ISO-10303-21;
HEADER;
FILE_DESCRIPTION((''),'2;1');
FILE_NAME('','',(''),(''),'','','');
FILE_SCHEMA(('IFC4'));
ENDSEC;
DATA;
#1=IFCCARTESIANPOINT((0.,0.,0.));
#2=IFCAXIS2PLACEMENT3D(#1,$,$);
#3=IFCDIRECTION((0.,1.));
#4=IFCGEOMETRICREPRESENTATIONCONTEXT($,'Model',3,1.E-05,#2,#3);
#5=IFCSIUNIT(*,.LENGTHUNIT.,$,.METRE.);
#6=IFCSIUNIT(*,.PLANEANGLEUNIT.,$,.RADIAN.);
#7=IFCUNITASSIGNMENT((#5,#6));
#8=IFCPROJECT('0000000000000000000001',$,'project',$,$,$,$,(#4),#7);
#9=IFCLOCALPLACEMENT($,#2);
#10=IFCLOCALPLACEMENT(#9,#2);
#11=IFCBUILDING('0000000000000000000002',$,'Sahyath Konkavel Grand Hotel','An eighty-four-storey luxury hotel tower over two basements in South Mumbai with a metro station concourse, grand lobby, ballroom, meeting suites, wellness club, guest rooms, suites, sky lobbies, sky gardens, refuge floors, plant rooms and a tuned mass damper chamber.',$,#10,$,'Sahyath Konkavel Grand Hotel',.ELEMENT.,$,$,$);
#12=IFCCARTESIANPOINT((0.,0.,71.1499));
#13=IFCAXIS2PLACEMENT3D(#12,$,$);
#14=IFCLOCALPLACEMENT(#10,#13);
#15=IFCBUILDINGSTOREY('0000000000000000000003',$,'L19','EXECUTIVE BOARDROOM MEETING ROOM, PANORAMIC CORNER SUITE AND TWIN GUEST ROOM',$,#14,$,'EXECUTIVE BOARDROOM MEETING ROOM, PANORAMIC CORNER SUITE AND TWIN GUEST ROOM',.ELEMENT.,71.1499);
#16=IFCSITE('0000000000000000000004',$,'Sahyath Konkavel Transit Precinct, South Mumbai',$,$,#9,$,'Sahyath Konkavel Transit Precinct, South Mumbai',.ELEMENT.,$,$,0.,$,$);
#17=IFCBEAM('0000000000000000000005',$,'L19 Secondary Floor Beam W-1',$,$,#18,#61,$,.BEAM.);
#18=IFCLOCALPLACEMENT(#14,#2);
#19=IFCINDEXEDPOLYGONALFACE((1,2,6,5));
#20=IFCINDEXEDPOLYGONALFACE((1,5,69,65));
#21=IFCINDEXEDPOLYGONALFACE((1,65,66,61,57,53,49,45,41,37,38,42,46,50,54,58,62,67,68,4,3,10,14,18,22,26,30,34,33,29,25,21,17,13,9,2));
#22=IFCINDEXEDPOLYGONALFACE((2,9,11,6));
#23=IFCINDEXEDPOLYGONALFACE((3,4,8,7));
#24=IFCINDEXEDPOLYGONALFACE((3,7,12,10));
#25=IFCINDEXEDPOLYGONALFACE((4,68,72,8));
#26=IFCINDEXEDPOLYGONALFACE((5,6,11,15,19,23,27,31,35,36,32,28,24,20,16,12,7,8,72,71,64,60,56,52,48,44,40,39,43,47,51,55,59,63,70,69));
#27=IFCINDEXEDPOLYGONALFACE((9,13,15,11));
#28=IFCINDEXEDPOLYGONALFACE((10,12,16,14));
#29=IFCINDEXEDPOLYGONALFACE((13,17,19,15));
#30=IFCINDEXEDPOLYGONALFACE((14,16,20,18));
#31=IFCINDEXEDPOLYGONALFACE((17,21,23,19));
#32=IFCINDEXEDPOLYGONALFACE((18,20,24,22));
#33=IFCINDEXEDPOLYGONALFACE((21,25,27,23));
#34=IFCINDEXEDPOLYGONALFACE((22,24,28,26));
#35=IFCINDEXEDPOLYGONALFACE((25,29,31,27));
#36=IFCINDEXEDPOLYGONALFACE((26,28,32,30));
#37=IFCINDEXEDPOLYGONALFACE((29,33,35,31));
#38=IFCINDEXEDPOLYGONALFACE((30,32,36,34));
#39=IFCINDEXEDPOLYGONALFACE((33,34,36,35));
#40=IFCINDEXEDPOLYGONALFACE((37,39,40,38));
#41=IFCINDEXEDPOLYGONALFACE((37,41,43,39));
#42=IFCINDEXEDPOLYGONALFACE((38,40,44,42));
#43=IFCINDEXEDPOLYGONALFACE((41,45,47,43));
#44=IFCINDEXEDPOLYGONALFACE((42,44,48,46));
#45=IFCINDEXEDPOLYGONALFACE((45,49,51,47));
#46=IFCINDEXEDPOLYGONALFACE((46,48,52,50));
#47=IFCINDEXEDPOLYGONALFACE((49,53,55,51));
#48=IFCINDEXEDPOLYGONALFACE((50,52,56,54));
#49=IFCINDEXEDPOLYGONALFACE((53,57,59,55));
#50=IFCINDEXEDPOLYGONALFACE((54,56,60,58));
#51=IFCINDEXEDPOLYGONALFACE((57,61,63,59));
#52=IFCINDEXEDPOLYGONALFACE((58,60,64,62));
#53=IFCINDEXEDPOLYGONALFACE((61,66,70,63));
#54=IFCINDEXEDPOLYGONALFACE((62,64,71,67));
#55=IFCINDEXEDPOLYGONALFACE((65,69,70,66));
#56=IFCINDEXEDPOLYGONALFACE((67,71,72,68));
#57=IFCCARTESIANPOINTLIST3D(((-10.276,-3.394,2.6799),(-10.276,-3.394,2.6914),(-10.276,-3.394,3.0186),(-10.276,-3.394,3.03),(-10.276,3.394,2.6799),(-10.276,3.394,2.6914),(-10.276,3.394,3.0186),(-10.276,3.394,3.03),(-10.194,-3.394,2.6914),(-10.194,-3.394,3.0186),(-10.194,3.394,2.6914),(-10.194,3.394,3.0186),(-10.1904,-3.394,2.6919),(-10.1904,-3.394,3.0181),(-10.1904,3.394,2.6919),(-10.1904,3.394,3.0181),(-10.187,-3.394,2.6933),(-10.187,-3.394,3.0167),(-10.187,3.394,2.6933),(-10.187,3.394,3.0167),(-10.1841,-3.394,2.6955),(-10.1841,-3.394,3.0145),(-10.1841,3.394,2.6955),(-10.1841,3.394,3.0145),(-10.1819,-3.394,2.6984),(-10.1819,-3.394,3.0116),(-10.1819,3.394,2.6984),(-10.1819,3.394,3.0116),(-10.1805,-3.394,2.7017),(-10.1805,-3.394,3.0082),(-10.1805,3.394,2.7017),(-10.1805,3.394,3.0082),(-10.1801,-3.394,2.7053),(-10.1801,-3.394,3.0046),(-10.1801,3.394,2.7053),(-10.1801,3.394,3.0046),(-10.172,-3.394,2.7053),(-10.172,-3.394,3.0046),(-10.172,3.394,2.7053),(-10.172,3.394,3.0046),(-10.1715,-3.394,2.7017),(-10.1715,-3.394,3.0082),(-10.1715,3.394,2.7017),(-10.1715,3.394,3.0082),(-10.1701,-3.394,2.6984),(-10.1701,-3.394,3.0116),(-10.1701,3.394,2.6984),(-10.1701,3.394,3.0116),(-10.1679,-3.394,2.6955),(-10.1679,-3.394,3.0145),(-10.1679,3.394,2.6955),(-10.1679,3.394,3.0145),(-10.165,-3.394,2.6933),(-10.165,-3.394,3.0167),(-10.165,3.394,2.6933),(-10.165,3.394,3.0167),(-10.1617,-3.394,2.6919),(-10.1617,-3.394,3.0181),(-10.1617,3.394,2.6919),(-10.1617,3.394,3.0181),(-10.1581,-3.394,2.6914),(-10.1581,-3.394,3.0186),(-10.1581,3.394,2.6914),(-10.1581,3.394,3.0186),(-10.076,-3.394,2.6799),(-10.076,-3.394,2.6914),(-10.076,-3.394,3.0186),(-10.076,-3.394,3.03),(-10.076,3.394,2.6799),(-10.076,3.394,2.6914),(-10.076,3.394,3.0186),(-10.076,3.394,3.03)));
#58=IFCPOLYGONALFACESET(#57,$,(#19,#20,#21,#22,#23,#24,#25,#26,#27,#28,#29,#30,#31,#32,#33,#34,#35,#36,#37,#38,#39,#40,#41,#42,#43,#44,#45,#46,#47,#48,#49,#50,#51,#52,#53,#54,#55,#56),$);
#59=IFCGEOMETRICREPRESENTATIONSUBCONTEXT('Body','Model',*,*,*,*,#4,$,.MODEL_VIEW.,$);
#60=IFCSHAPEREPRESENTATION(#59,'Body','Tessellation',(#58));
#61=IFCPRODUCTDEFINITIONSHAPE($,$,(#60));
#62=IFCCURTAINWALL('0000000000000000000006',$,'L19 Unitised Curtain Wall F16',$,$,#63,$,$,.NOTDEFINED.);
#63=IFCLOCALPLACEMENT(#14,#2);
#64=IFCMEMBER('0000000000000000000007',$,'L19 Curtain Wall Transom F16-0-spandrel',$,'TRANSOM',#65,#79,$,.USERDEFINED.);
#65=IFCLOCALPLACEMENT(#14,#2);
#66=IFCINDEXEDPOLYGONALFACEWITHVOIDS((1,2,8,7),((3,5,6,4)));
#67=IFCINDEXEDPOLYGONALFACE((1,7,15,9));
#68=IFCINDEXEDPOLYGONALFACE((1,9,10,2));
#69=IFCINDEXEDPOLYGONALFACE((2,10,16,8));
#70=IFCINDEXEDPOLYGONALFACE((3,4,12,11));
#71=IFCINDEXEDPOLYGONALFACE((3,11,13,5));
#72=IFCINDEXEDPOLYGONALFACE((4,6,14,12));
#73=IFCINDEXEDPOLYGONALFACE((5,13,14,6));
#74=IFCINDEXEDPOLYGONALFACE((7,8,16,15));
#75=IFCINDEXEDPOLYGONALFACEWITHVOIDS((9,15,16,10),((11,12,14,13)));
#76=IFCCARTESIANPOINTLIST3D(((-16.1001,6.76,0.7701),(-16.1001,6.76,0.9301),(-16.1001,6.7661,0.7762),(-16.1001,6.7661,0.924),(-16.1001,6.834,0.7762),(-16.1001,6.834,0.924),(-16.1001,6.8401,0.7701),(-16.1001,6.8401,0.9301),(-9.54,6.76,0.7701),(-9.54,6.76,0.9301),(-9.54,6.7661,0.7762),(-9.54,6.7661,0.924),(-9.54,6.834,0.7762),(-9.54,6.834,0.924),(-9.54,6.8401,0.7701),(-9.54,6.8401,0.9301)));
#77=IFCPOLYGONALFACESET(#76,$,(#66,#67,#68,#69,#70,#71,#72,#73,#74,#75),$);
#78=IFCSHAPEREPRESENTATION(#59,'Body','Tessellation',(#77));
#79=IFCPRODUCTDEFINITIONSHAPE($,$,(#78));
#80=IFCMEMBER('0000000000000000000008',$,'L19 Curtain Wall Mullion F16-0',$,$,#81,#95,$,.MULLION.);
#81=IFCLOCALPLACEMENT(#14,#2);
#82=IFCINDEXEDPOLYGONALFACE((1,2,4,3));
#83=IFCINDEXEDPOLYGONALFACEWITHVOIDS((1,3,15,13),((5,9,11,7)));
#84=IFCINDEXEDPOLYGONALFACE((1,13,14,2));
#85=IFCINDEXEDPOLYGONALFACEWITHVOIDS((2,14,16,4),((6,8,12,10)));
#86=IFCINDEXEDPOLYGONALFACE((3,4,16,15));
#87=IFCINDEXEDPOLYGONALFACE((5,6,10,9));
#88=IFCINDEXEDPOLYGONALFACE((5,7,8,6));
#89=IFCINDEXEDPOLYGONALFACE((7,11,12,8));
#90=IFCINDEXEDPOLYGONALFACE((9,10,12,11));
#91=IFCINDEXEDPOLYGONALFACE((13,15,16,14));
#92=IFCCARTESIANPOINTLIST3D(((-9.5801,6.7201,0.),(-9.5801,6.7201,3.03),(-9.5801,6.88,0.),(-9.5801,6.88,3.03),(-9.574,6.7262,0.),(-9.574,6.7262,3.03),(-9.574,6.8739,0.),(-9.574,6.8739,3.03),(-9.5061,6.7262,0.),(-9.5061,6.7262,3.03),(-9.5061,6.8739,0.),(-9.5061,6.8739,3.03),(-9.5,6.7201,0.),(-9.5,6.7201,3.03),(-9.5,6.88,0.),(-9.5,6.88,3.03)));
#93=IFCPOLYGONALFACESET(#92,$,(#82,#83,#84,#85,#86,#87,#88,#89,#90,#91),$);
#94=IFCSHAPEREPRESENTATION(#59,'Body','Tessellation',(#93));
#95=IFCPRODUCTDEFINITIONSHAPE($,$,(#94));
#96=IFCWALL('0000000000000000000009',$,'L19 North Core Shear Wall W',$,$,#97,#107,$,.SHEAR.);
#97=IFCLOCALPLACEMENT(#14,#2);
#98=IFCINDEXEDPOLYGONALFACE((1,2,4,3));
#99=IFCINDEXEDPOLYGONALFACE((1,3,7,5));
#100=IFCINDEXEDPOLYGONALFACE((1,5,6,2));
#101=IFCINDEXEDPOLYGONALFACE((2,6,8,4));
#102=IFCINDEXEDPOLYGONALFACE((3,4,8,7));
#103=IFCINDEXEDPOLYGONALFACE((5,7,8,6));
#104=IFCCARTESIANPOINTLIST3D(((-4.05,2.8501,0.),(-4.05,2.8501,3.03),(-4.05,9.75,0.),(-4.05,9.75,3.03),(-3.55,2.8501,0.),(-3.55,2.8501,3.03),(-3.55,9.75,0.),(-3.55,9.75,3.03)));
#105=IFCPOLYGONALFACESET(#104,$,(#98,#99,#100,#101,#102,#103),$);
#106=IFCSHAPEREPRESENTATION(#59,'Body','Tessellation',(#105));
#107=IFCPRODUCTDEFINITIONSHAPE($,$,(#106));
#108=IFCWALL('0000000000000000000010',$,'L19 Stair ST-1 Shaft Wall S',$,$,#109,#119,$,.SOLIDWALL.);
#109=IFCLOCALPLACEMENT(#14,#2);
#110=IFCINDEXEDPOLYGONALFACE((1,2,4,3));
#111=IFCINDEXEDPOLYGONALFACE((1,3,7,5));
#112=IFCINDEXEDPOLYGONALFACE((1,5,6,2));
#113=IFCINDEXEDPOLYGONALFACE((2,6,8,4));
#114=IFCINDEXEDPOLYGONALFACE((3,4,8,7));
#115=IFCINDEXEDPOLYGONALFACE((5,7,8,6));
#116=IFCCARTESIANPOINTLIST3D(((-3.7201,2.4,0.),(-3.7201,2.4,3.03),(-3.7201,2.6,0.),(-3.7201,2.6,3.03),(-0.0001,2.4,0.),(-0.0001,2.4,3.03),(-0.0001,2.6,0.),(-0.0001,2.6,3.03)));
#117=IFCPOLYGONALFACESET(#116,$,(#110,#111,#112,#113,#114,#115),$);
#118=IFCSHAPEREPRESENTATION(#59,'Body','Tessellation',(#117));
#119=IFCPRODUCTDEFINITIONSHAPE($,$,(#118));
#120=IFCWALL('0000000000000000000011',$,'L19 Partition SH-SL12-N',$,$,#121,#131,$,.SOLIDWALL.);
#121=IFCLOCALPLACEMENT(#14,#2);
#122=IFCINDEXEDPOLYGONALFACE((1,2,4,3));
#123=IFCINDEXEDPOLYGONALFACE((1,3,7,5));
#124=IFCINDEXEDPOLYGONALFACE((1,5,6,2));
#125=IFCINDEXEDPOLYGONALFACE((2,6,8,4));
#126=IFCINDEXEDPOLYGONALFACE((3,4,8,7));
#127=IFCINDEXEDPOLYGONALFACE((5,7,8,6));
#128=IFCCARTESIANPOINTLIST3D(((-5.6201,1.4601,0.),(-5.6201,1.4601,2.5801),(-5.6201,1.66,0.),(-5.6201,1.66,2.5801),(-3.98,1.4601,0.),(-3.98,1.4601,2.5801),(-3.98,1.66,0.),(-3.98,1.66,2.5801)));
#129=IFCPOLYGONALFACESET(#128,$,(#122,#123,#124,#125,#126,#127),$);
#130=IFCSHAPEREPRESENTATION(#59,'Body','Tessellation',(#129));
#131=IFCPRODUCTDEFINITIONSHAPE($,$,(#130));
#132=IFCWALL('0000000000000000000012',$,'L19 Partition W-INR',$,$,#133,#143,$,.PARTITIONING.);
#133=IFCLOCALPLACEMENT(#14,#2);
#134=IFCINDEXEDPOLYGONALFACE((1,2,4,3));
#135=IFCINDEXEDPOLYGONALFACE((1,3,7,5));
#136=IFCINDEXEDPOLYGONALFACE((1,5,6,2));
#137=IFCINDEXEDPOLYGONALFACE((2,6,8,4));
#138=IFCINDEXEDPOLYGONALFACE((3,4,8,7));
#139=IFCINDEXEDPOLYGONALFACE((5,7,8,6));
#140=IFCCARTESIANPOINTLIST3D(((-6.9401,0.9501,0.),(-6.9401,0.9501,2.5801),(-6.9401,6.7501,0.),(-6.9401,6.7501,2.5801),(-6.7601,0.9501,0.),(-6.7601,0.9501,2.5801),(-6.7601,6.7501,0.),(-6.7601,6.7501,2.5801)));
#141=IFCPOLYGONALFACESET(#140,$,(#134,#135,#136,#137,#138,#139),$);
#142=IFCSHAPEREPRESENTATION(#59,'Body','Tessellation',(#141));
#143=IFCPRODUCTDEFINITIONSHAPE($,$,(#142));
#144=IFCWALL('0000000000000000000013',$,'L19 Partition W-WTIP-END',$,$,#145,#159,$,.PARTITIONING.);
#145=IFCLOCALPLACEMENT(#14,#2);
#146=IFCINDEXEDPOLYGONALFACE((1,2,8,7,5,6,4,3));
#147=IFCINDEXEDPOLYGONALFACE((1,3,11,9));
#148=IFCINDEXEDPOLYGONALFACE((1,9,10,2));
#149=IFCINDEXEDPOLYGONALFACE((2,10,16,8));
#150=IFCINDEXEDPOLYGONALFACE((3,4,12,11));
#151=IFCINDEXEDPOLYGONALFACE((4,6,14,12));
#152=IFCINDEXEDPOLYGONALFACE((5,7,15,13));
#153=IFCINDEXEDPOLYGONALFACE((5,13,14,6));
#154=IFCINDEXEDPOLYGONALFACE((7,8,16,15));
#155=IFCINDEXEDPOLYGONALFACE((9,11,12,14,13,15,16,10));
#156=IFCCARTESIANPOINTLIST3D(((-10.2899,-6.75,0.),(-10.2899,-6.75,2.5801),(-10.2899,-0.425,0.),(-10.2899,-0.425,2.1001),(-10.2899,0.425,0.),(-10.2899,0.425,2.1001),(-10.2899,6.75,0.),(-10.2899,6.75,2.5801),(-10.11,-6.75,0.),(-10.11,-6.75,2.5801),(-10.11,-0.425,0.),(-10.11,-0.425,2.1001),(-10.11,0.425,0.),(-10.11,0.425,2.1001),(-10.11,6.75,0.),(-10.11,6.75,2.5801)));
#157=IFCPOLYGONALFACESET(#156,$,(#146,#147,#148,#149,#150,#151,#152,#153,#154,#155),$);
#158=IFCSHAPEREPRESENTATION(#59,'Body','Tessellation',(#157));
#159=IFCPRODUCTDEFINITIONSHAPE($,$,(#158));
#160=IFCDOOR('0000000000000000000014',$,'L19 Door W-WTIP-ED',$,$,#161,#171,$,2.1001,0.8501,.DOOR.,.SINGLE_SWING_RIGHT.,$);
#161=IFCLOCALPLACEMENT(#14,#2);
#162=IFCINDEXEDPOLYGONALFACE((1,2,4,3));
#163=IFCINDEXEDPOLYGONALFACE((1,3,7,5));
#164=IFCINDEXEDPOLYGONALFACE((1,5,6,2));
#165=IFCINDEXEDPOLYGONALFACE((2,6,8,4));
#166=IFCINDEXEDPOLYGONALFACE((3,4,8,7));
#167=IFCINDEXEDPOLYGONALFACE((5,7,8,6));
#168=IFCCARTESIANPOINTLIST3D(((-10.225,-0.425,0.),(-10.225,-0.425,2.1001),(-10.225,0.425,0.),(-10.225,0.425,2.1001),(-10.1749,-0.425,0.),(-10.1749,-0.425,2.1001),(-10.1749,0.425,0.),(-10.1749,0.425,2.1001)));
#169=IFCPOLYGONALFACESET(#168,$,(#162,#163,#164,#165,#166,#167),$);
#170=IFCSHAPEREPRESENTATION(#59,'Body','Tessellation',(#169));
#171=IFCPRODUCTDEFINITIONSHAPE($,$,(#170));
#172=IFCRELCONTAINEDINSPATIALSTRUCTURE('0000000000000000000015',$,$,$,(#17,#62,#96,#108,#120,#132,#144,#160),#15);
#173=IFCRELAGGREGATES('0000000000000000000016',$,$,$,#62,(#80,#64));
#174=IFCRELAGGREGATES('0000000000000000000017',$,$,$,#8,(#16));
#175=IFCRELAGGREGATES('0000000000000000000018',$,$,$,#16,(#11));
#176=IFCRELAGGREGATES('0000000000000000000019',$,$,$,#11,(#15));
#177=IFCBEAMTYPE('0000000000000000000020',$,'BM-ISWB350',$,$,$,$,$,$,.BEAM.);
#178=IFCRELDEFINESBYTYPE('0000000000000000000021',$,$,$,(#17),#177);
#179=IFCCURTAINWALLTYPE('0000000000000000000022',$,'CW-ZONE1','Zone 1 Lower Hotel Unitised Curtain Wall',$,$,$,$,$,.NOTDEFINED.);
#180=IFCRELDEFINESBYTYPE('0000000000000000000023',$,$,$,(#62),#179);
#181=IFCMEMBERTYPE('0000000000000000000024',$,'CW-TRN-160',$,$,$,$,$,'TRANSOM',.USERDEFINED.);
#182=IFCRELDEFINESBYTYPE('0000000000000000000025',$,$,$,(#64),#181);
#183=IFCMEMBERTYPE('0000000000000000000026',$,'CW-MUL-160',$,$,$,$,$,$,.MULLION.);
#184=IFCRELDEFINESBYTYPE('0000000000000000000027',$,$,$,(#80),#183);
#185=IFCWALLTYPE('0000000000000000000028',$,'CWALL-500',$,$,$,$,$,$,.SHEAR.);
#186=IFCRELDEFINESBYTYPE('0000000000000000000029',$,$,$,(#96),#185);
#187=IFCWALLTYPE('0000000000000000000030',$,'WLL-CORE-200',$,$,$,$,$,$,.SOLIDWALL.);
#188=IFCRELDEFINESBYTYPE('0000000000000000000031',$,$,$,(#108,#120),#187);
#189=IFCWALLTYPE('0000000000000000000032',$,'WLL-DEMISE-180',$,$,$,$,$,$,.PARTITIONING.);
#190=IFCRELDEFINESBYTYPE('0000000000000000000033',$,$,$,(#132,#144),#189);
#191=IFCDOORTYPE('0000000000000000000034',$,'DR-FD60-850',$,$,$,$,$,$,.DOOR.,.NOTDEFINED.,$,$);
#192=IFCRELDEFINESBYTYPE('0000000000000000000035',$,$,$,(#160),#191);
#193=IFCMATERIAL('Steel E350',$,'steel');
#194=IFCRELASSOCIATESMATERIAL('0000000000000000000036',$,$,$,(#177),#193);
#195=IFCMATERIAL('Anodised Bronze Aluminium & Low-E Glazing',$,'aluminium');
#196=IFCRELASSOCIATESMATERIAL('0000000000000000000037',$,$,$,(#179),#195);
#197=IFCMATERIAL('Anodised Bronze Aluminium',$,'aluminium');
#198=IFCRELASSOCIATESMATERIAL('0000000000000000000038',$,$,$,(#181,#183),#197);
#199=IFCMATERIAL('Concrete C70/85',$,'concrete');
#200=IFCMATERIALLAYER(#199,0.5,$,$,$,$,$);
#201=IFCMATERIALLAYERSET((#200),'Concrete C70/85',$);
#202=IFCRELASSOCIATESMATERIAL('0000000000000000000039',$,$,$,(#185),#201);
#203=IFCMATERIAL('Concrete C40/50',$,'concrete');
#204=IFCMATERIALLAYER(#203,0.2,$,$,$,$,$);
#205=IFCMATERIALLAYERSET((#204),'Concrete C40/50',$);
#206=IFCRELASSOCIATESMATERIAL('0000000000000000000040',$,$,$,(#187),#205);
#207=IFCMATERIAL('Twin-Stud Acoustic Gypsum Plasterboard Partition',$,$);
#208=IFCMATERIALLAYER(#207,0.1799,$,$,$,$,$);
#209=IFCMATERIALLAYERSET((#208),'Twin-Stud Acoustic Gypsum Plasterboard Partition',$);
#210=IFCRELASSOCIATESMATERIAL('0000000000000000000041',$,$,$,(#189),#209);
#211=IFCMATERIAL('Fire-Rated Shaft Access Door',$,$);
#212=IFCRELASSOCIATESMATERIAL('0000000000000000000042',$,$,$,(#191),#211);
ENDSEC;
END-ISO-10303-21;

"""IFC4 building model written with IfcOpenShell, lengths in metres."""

from ifc_helpers import new_model, si_unit, direction, frame, frame_2d, origin, origin_2d, place, context, subcontext, project, spatial, rectangle, hollow_rectangle, i_section, extrude, source, transform, mapped, material, layer, layer_set, material_profile, profile_set, type_object, element, fill, aggregate, save


model = new_model("IFC4")

# Units and contexts
model_context = context("Model", 3, precision=1e-05, world=origin(), true_north=direction((0.0, 1.0)))
body_context = subcontext(model_context, "Body", "Model", "MODEL_VIEW")
ifc_project = project(units=[si_unit("LENGTHUNIT", "METRE"), si_unit("PLANEANGLEUNIT", "RADIAN")], contexts=[model_context])

# Site, building, storey
site_placement = place(None, origin())
site = spatial("IfcSite", under=ifc_project, at=site_placement, Name="Sahyath Konkavel Transit Precinct, South Mumbai", LongName="Sahyath Konkavel Transit Precinct, South Mumbai", CompositionType="ELEMENT", RefElevation=0.0)
building_placement = place(site_placement, origin())
building = spatial("IfcBuilding", under=site, at=building_placement, Name="Sahyath Konkavel Grand Hotel", Description="An eighty-four-storey luxury hotel tower over two basements in South Mumbai with a metro station concourse, grand lobby, ballroom, meeting suites, wellness club, guest rooms, suites, sky lobbies, sky gardens, refuge floors, plant rooms and a tuned mass damper chamber.", LongName="Sahyath Konkavel Grand Hotel", CompositionType="ELEMENT")
storey_placement = place(building_placement, frame((0.0, 0.0, 71.1499)))
storey = spatial("IfcBuildingStorey", under=building, at=storey_placement, Name="L19", Description="EXECUTIVE BOARDROOM MEETING ROOM, PANORAMIC CORNER SUITE AND TWIN GUEST ROOM", LongName="EXECUTIVE BOARDROOM MEETING ROOM, PANORAMIC CORNER SUITE AND TWIN GUEST ROOM", CompositionType="ELEMENT", Elevation=71.1499)

# Shared definitions
ifc_material_1 = material(Name="Concrete C70/85", Category="concrete")

# Beam
ifc_material_2 = material(Name="Steel E350", Category="steel")
ifc_material_profile_1 = material_profile(ifc_material_2, i_section(OverallWidth=0.2, OverallDepth=0.3501, WebThickness=0.0081, FlangeThickness=0.0115, FilletRadius=0.0139, at=origin_2d()), Name="ISWB 350")
ifc_profile_set_1 = profile_set([ifc_material_profile_1], Name="Steel E350")
beam_type_1 = type_object("IfcBeamType", Name="BM-ISWB350", PredefinedType="BEAM", material=ifc_profile_set_1)
shared_shape_1 = source(origin(), body_context, "Body", "SweptSolid", [
    extrude(i_section(OverallWidth=0.2, OverallDepth=0.3501, WebThickness=0.0081, FlangeThickness=0.0115, FilletRadius=0.0139, at=origin_2d()), origin(), (0.0, 0.0, 1.0), 6.7881),
])
beam_1_placement = place(storey_placement, frame((-10.176, 3.394, 2.855), z_axis=(0.0, -1.0, 0.0), x_axis=(1.0, 0.0, 0.0)))
element("IfcBeam", 1, at=beam_1_placement, inside=storey, type_object=beam_type_1, Name="L19 Secondary Floor Beam W-1", PredefinedType="BEAM", context=body_context, shape_type="MappedRepresentation", body=[
    mapped(shared_shape_1, transform((0.0, 0.0, 0.0), scale=1.0)),
])

# Curtain wall, members
ifc_material_3 = material(Name="Anodised Bronze Aluminium & Low-E Glazing", Category="aluminium")
curtain_wall_type = type_object("IfcCurtainWallType", Name="CW-ZONE1", Description="Zone 1 Lower Hotel Unitised Curtain Wall", PredefinedType="NOTDEFINED", material=ifc_material_3)
curtain_wall_placement = place(storey_placement, origin())
curtain_wall = element("IfcCurtainWall", 2, at=curtain_wall_placement, inside=storey, type_object=curtain_wall_type, Name="L19 Unitised Curtain Wall F16", PredefinedType="NOTDEFINED")
ifc_material_4 = material(Name="Anodised Bronze Aluminium", Category="aluminium")
ifc_material_profile_2 = material_profile(ifc_material_4, hollow_rectangle(XDim=0.0801, YDim=0.1599, WallThickness=0.0061, at=origin_2d()), Name="RHS 160x80x6")
ifc_profile_set_2 = profile_set([ifc_material_profile_2], Name="Anodised Bronze Aluminium")
member_type_1 = type_object("IfcMemberType", Name="CW-TRN-160", ElementType="TRANSOM", PredefinedType="USERDEFINED", material=ifc_profile_set_2)
shared_shape_2 = source(origin(), body_context, "Body", "SweptSolid", [
    extrude(hollow_rectangle(XDim=0.0801, YDim=0.1599, WallThickness=0.0061, at=origin_2d()), origin(), (0.0, 0.0, 1.0), 6.5601),
])
member_1_placement = place(storey_placement, frame((-9.54, 6.8, 0.8501), z_axis=(-1.0, 0.0, 0.0), x_axis=(0.0, -1.0, 0.0)))
member_1 = element("IfcMember", 3, at=member_1_placement, type_object=member_type_1, Name="L19 Curtain Wall Transom F16-0-spandrel", ObjectType="TRANSOM", PredefinedType="USERDEFINED", context=body_context, shape_type="MappedRepresentation", body=[
    mapped(shared_shape_2, transform((0.0, 0.0, 0.0), scale=1.0)),
])
ifc_material_profile_3 = material_profile(ifc_material_4, hollow_rectangle(XDim=0.0801, YDim=0.1599, WallThickness=0.0061, at=origin_2d()), Name="RHS 160x80x6")
ifc_profile_set_3 = profile_set([ifc_material_profile_3], Name="Anodised Bronze Aluminium")
member_type_2 = type_object("IfcMemberType", Name="CW-MUL-160", PredefinedType="MULLION", material=ifc_profile_set_3)
shared_shape_3 = source(origin(), body_context, "Body", "SweptSolid", [
    extrude(hollow_rectangle(XDim=0.0801, YDim=0.1599, WallThickness=0.0061, at=origin_2d()), origin(), (0.0, 0.0, 1.0), 3.03),
])
member_2_placement = place(storey_placement, frame((-9.54, 6.8, 0.0), z_axis=(0.0, 0.0, 1.0), x_axis=(1.0, 0.0, 0.0)))
member_2 = element("IfcMember", 4, at=member_2_placement, type_object=member_type_2, Name="L19 Curtain Wall Mullion F16-0", PredefinedType="MULLION", context=body_context, shape_type="MappedRepresentation", body=[
    mapped(shared_shape_3, transform((0.0, 0.0, 0.0), scale=1.0)),
])
aggregate(curtain_wall, [member_2, member_1])

# Walls
ifc_layer_1 = layer(ifc_material_1, 0.5)
ifc_layer_set_1 = layer_set([ifc_layer_1], Name="Concrete C70/85")
wall_type_1 = type_object("IfcWallType", Name="CWALL-500", PredefinedType="SHEAR", material=ifc_layer_set_1)
wall_1_placement = place(storey_placement, frame((-3.8, 2.8501, 0.0), z_axis=(0.0, 0.0, 1.0), x_axis=(0.0, 1.0, 0.0)))
element("IfcWall", 5, at=wall_1_placement, inside=storey, type_object=wall_type_1, Name="L19 North Core Shear Wall W", PredefinedType="SHEAR", context=body_context, shape_type="SweptSolid", body=[
    extrude(rectangle(XDim=6.8999, YDim=0.5, at=frame_2d((3.45, 0.0))), origin(), (0.0, 0.0, 1.0), 3.03),
])
ifc_material_5 = material(Name="Concrete C40/50", Category="concrete")
ifc_layer_2 = layer(ifc_material_5, 0.2)
ifc_layer_set_2 = layer_set([ifc_layer_2], Name="Concrete C40/50")
wall_type_2 = type_object("IfcWallType", Name="WLL-CORE-200", PredefinedType="SOLIDWALL", material=ifc_layer_set_2)
wall_2_placement = place(storey_placement, frame((-3.72, 2.5, 0.0), z_axis=(0.0, 0.0, 1.0), x_axis=(1.0, 0.0, 0.0)))
element("IfcWall", 6, at=wall_2_placement, inside=storey, type_object=wall_type_2, Name="L19 Stair ST-1 Shaft Wall S", PredefinedType="SOLIDWALL", context=body_context, shape_type="SweptSolid", body=[
    extrude(rectangle(XDim=3.72, YDim=0.2, at=frame_2d((1.8599, 0.0))), origin(), (0.0, 0.0, 1.0), 3.03),
])
wall_3_placement = place(storey_placement, frame((-5.6201, 1.5601, 0.0), z_axis=(0.0, 0.0, 1.0), x_axis=(1.0, 0.0, 0.0)))
element("IfcWall", 7, at=wall_3_placement, inside=storey, type_object=wall_type_2, Name="L19 Partition SH-SL12-N", PredefinedType="SOLIDWALL", context=body_context, shape_type="SweptSolid", body=[
    extrude(rectangle(XDim=1.6401, YDim=0.2, at=frame_2d((0.8201, 0.0))), origin(), (0.0, 0.0, 1.0), 2.5801),
])
ifc_material_6 = material(Name="Twin-Stud Acoustic Gypsum Plasterboard Partition")
ifc_layer_3 = layer(ifc_material_6, 0.1799)
ifc_layer_set_3 = layer_set([ifc_layer_3], Name="Twin-Stud Acoustic Gypsum Plasterboard Partition")
wall_type_3 = type_object("IfcWallType", Name="WLL-DEMISE-180", PredefinedType="PARTITIONING", material=ifc_layer_set_3)
wall_4_placement = place(storey_placement, frame((-6.8501, 6.75, 0.0), z_axis=(0.0, 0.0, 1.0), x_axis=(0.0, -1.0, 0.0)))
element("IfcWall", 8, at=wall_4_placement, inside=storey, type_object=wall_type_3, Name="L19 Partition W-INR", PredefinedType="PARTITIONING", context=body_context, shape_type="SweptSolid", body=[
    extrude(rectangle(XDim=5.8, YDim=0.1799, at=frame_2d((2.8999, 0.0))), origin(), (0.0, 0.0, 1.0), 2.5801),
])

# Wall, opening, door
wall_5_placement = place(storey_placement, frame((-10.2, 6.75, 0.0), z_axis=(0.0, 0.0, 1.0), x_axis=(0.0, -1.0, 0.0)))
wall_5 = element("IfcWall", 9, at=wall_5_placement, inside=storey, type_object=wall_type_3, Name="L19 Partition W-WTIP-END", PredefinedType="PARTITIONING", context=body_context, shape_type="SweptSolid", body=[
    extrude(rectangle(XDim=13.5, YDim=0.1799, at=frame_2d((6.75, 0.0))), origin(), (0.0, 0.0, 1.0), 2.5801),
])
opening_1_placement = place(wall_5_placement, frame((6.325, 0.0, 0.0)))
opening_1 = element("IfcOpeningElement", 10, at=opening_1_placement, cuts=wall_5, PredefinedType="OPENING", context=body_context, shape_type="SweptSolid", body=[
    extrude(rectangle(XDim=0.8501, YDim=2.1001, at=frame_2d((0.425, 1.05))), frame((0.0, 0.1001, 0.0), z_axis=(0.0, -1.0, 0.0), x_axis=(1.0, 0.0, 0.0)), (0.0, 0.0, 1.0), 0.2),
])
ifc_material_7 = material(Name="Fire-Rated Shaft Access Door")
door_type = type_object("IfcDoorType", Name="DR-FD60-850", OperationType="NOTDEFINED", PredefinedType="DOOR", material=ifc_material_7)
shared_shape_4 = source(origin(), body_context, "Body", "SweptSolid", [
    extrude(rectangle(XDim=0.8501, YDim=0.05, at=origin_2d()), origin(), (0.0, 0.0, 1.0), 2.1001),
])
door_1_placement = place(opening_1_placement, frame((0.425, 0.0, 0.0)))
door_1 = element("IfcDoor", 11, at=door_1_placement, inside=storey, type_object=door_type, Name="L19 Door W-WTIP-ED", OperationType="SINGLE_SWING_RIGHT", OverallHeight=2.1001, OverallWidth=0.8501, PredefinedType="DOOR", context=body_context, shape_type="MappedRepresentation", body=[
    mapped(shared_shape_4, transform((0.0, 0.0, 0.0), scale=1.0)),
])
fill(opening_1, door_1)

save(model, "model.ifc")
